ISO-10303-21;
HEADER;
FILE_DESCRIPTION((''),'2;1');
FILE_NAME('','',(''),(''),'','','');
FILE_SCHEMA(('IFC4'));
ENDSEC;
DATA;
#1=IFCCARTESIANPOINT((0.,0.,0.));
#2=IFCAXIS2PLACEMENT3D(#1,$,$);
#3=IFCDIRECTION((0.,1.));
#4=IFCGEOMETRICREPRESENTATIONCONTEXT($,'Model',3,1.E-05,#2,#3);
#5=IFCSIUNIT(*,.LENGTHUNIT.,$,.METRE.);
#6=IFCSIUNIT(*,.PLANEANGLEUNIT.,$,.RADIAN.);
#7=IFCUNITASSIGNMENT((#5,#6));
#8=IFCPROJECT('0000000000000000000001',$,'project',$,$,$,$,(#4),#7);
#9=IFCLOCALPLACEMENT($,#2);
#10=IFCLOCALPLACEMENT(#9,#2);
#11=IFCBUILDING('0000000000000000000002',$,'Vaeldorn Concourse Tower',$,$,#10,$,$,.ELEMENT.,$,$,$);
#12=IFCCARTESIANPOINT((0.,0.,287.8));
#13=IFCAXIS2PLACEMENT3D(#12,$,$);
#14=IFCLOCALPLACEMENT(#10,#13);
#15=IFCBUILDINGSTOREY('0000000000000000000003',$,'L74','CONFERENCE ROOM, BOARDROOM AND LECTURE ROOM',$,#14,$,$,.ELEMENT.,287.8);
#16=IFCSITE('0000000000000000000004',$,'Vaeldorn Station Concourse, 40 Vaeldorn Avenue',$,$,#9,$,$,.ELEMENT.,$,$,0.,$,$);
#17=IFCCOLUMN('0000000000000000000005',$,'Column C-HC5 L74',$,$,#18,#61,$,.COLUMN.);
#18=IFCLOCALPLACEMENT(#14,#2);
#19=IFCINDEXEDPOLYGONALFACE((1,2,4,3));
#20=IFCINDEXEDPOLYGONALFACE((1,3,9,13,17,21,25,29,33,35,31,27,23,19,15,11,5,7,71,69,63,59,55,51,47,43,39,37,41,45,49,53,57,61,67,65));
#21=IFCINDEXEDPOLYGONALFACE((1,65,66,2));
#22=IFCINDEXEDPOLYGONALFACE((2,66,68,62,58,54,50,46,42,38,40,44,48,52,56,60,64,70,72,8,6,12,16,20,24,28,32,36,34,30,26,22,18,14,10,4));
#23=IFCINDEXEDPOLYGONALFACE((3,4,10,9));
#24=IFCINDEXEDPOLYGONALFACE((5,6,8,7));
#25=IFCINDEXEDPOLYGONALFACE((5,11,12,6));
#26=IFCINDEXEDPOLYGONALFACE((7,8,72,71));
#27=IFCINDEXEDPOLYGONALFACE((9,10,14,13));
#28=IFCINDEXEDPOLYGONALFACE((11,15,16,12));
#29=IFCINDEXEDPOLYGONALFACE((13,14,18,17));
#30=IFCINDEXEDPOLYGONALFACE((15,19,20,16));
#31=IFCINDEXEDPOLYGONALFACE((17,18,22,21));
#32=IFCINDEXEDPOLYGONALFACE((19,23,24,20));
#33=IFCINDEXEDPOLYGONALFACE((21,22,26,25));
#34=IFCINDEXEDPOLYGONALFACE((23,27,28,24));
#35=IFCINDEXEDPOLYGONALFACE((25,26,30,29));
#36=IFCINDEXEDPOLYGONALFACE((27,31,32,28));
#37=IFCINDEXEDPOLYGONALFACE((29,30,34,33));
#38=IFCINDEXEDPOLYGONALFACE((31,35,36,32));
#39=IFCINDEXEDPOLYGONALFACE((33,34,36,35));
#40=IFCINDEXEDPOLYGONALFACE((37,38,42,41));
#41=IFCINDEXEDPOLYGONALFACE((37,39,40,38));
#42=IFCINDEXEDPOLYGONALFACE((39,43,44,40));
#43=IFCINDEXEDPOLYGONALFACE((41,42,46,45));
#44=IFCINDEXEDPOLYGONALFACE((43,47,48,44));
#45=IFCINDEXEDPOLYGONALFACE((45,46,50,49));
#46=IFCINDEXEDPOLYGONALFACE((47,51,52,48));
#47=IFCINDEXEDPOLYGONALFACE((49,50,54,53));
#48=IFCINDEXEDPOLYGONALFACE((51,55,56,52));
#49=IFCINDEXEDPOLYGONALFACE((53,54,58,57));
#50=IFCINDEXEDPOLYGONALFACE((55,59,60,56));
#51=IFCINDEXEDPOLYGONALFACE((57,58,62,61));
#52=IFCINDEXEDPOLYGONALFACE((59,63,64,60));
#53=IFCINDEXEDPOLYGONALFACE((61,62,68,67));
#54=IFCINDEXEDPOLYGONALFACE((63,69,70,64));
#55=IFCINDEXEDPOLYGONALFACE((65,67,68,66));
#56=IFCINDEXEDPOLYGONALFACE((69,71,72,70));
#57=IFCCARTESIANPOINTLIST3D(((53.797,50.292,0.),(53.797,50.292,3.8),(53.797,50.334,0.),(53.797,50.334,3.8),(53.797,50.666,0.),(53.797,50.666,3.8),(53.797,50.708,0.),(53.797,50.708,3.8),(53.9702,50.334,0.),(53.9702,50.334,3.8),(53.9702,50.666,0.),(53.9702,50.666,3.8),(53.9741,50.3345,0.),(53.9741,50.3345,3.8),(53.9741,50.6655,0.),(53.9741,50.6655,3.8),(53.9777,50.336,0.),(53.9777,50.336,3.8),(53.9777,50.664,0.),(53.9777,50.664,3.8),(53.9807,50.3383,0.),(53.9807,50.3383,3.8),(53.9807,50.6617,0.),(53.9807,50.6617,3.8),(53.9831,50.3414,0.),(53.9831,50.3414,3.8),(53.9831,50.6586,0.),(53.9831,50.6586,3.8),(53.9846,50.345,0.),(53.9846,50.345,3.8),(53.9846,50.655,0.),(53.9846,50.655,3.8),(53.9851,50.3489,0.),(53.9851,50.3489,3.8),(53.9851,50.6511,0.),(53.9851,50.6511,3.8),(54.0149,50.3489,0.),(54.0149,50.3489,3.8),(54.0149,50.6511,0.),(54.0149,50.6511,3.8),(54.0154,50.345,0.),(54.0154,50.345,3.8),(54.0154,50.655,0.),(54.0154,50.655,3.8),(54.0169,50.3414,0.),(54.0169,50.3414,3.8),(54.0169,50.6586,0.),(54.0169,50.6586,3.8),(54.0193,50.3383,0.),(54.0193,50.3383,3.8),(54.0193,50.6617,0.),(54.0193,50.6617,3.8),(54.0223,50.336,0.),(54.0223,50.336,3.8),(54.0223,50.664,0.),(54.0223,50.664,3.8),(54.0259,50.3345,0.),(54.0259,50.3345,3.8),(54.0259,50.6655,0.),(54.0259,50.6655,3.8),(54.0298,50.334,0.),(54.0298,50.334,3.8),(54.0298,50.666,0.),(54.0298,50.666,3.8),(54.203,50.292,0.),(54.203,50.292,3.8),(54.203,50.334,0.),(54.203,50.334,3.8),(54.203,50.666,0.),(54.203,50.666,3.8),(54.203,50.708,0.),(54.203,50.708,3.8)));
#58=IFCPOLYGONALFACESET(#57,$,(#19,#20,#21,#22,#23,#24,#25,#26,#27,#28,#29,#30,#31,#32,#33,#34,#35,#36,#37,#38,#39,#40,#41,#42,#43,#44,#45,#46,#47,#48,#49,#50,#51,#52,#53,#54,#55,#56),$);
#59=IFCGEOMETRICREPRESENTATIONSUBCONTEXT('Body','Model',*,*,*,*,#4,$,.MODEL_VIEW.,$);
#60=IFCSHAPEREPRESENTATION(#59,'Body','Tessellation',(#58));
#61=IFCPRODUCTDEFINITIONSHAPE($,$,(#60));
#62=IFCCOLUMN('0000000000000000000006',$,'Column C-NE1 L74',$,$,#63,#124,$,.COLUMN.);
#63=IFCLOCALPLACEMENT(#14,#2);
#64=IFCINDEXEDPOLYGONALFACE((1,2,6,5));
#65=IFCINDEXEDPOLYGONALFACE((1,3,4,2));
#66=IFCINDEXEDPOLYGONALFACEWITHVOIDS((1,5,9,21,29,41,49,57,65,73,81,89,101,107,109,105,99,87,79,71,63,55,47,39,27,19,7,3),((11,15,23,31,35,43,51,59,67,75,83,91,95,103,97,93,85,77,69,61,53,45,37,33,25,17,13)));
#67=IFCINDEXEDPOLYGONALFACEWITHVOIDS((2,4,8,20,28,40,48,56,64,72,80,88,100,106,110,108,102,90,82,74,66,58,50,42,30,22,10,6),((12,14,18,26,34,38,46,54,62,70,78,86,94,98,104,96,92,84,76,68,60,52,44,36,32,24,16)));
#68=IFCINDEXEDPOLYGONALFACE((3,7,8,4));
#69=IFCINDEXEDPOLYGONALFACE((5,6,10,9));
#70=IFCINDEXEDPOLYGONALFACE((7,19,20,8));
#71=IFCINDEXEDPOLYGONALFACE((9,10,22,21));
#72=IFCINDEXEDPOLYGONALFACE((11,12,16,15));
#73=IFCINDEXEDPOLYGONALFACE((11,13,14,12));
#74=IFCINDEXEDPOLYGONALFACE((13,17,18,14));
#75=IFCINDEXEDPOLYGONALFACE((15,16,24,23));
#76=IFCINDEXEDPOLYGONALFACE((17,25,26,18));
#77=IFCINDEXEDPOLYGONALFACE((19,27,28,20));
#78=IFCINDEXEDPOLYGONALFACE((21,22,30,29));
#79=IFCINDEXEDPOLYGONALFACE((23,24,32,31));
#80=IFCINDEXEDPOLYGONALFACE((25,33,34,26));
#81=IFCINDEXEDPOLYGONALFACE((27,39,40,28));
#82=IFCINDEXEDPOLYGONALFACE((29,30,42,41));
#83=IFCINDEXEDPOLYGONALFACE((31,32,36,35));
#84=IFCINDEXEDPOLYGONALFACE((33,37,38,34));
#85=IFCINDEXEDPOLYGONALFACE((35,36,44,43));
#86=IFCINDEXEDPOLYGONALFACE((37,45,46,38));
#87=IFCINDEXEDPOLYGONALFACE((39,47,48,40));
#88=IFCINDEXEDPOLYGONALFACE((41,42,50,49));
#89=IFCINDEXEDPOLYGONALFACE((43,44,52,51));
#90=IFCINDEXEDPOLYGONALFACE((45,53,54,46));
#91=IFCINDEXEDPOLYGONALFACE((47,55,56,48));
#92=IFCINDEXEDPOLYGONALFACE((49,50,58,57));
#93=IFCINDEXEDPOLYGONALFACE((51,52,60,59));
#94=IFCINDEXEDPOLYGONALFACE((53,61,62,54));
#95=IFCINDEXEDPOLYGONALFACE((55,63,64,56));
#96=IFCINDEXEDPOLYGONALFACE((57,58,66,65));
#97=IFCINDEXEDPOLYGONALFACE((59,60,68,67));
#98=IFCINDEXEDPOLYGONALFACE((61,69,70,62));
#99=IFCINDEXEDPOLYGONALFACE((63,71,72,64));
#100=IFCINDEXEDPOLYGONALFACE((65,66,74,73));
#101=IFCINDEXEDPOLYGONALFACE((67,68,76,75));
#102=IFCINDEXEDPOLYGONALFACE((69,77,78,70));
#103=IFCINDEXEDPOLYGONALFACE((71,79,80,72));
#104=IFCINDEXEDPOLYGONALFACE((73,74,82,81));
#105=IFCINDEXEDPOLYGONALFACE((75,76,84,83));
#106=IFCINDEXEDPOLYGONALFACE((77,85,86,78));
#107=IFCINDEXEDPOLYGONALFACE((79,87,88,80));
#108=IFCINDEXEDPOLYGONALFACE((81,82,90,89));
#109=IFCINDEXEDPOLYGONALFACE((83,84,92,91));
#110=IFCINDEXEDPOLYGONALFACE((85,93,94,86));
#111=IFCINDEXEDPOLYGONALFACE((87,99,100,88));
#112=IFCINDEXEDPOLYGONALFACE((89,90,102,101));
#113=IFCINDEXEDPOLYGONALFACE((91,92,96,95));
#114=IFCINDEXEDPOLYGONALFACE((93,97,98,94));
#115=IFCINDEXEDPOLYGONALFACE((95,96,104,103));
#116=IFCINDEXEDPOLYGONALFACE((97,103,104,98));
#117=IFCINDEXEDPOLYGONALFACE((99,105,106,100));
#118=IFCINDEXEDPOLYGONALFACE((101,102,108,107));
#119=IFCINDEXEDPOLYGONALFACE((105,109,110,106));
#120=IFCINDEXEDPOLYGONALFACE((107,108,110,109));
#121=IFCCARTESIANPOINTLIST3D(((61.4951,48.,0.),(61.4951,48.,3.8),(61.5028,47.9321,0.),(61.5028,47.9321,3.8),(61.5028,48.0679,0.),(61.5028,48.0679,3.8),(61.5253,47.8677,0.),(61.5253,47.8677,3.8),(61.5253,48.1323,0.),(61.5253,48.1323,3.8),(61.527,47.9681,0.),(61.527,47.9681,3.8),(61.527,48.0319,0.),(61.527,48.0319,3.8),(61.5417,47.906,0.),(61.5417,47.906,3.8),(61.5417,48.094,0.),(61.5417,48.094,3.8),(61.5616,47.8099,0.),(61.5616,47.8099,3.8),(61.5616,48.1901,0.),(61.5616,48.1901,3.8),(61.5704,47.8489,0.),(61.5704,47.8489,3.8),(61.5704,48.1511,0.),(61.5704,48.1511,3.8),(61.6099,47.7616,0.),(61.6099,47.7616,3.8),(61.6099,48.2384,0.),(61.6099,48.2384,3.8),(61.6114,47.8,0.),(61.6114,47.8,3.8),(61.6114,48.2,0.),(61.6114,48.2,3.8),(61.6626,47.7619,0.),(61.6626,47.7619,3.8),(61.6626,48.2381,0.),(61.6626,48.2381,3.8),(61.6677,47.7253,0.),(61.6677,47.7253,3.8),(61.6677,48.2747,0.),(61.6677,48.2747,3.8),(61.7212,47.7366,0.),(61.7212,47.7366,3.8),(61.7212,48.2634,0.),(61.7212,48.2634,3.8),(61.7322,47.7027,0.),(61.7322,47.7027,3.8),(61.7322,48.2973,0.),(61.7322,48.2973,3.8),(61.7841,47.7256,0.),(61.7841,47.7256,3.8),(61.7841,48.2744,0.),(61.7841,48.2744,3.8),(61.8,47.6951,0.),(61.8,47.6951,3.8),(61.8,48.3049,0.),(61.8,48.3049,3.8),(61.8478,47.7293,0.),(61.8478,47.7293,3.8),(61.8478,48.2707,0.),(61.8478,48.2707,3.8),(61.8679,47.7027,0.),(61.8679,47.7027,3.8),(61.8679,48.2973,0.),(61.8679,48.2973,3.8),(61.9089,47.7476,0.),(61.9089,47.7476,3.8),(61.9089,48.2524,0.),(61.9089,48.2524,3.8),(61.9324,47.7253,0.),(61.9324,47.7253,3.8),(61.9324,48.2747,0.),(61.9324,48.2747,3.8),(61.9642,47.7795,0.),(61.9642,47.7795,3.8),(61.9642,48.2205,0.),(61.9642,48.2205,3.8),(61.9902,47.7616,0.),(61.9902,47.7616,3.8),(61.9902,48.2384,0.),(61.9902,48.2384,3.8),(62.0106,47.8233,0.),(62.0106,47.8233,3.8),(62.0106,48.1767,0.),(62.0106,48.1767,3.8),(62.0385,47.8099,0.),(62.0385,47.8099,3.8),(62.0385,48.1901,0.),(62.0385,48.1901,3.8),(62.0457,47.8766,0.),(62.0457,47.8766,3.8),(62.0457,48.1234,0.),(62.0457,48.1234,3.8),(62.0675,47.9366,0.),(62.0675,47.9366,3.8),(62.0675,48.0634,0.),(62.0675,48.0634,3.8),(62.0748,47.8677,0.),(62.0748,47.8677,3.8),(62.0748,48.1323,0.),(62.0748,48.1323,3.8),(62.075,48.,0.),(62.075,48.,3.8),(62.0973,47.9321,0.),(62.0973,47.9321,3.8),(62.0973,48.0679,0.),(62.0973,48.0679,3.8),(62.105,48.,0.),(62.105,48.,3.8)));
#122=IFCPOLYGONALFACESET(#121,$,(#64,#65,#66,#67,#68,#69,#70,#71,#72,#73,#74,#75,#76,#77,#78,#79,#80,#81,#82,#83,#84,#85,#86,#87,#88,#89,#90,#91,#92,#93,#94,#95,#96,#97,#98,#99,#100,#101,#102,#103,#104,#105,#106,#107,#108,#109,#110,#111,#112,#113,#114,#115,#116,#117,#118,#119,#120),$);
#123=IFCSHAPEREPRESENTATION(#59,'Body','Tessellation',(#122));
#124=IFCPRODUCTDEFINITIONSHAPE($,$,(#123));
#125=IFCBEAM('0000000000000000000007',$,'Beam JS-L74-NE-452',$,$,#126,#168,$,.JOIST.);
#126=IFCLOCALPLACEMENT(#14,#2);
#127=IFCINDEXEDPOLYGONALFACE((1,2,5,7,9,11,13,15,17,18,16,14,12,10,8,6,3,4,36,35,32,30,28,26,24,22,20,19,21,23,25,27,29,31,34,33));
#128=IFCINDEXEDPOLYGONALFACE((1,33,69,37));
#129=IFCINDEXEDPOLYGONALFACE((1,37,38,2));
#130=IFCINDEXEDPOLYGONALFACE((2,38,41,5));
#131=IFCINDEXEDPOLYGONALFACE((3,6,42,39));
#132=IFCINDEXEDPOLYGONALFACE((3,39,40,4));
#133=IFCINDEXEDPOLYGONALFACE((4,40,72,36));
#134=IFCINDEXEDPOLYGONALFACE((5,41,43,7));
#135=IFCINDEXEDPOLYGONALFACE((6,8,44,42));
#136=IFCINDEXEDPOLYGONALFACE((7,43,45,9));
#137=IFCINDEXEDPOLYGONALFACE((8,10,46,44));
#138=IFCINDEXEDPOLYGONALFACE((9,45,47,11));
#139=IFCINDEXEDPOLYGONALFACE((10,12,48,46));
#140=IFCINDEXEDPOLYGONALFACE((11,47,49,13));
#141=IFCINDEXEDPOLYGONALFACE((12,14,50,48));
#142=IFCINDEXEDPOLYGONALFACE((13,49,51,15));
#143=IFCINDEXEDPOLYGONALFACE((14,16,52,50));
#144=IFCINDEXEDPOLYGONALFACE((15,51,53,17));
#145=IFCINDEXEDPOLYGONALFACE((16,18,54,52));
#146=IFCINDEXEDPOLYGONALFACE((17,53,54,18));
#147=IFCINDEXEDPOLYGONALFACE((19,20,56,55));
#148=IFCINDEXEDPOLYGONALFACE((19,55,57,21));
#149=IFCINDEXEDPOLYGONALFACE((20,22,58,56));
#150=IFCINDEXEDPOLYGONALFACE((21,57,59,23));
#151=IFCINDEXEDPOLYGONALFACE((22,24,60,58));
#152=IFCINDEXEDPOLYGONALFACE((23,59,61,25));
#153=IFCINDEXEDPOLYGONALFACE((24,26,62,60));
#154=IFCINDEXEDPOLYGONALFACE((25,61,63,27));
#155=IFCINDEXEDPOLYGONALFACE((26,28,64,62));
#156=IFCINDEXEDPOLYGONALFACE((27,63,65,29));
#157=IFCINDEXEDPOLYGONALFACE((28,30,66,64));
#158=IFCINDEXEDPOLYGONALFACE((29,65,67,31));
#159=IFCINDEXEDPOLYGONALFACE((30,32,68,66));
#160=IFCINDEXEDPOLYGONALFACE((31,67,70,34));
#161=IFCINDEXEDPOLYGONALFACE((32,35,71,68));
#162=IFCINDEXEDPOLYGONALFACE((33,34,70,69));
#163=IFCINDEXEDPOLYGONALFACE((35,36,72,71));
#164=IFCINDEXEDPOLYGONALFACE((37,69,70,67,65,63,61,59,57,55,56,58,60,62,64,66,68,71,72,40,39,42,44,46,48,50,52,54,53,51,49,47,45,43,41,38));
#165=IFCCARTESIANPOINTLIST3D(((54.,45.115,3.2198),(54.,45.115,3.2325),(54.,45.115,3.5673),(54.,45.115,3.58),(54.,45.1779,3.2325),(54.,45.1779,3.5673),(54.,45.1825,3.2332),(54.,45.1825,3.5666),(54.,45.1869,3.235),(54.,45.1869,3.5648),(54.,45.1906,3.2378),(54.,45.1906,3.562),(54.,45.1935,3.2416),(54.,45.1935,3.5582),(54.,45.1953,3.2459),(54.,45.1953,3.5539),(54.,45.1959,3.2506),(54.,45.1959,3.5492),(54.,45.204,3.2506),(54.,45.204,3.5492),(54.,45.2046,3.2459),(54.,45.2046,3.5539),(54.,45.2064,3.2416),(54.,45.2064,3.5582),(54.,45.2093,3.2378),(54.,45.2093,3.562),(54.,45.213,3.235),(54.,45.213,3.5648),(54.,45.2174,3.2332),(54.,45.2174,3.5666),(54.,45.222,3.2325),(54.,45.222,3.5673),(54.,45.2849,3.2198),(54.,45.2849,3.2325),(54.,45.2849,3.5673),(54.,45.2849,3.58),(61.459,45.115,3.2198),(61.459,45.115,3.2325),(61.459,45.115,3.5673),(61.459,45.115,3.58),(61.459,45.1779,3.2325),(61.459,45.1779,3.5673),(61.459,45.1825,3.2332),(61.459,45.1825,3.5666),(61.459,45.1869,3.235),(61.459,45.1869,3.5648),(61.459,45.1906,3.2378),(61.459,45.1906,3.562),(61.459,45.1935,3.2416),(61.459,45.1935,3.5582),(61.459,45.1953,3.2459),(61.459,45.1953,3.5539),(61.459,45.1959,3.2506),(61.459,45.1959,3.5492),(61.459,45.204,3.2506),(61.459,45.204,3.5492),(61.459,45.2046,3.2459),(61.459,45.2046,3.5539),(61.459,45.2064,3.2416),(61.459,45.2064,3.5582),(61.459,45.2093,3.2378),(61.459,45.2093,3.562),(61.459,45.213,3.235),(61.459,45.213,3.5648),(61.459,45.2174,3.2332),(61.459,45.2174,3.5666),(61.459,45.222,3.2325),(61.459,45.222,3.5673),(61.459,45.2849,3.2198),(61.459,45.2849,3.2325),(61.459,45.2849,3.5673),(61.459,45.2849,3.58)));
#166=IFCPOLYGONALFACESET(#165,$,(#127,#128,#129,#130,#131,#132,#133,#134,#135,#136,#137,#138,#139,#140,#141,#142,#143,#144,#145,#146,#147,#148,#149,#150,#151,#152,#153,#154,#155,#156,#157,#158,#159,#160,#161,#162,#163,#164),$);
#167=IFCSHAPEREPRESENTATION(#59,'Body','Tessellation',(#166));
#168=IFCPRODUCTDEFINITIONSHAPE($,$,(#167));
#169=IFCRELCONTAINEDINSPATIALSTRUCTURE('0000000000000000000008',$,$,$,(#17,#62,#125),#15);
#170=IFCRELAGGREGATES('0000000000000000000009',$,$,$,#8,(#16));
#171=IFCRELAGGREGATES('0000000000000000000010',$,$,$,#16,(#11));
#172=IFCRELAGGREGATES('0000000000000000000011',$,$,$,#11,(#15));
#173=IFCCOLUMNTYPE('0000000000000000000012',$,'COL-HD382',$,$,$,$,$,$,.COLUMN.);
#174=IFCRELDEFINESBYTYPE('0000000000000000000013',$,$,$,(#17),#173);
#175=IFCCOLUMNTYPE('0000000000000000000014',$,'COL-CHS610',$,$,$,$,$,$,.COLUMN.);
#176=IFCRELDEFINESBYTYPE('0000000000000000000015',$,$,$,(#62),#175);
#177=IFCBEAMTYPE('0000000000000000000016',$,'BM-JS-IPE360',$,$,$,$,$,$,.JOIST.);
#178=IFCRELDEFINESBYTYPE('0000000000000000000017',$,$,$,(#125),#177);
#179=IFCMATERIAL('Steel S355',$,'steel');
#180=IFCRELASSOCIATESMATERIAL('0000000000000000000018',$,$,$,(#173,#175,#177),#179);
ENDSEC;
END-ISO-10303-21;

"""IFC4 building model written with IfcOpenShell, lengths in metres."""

from ifc_helpers import new_model, si_unit, direction, frame, origin, origin_2d, place, context, subcontext, project, spatial, hollow_circle, i_section, extrude, source, transform, mapped, material, material_profile, profile_set, type_object, element, save


model = new_model("IFC4")

# Units and contexts
model_context = context("Model", 3, precision=1e-05, world=origin(), true_north=direction((0.0, 1.0)))
body_context = subcontext(model_context, "Body", "Model", "MODEL_VIEW")
ifc_project = project(units=[si_unit("LENGTHUNIT", "METRE"), si_unit("PLANEANGLEUNIT", "RADIAN")], contexts=[model_context])

# Site, building, storey
site_placement = place(None, origin())
site = spatial("IfcSite", under=ifc_project, at=site_placement, Name="Vaeldorn Station Concourse, 40 Vaeldorn Avenue", CompositionType="ELEMENT", RefElevation=0.0)
building_placement = place(site_placement, origin())
building = spatial("IfcBuilding", under=site, at=building_placement, Name="Vaeldorn Concourse Tower", CompositionType="ELEMENT")
storey_placement = place(building_placement, frame((0.0, 0.0, 287.8)))
storey = spatial("IfcBuildingStorey", under=building, at=storey_placement, Name="L74", Description="CONFERENCE ROOM, BOARDROOM AND LECTURE ROOM", CompositionType="ELEMENT", Elevation=287.8)

# Columns
ifc_material_1 = material(Name="Steel S355", Category="steel")
ifc_material_profile_1 = material_profile(ifc_material_1, i_section(OverallWidth=0.406, OverallDepth=0.416, WebThickness=0.0298, FlangeThickness=0.042, FilletRadius=0.0149, at=origin_2d()), Name="HD 400x382")
ifc_profile_set_1 = profile_set([ifc_material_profile_1], Name="Steel S355")
column_type_1 = type_object("IfcColumnType", Name="COL-HD382", PredefinedType="COLUMN", material=ifc_profile_set_1)
shared_shape_1 = source(origin(), body_context, "Body", "SweptSolid", [
    extrude(i_section(OverallWidth=0.406, OverallDepth=0.416, WebThickness=0.0298, FlangeThickness=0.042, FilletRadius=0.0149, at=origin_2d()), origin(), (0.0, 0.0, 1.0), 3.8),
])
column_1_placement = place(storey_placement, frame((54.0, 50.5, 0.0), z_axis=(0.0, 0.0, 1.0), x_axis=(1.0, 0.0, 0.0)))
element("IfcColumn", 1, at=column_1_placement, inside=storey, type_object=column_type_1, Name="Column C-HC5 L74", PredefinedType="COLUMN", context=body_context, shape_type="MappedRepresentation", body=[
    mapped(shared_shape_1, transform((0.0, 0.0, 0.0), scale=1.0)),
])
ifc_material_profile_2 = material_profile(ifc_material_1, hollow_circle(Radius=0.3049, WallThickness=0.03, at=origin_2d()), Name="CHS 610x30")
ifc_profile_set_2 = profile_set([ifc_material_profile_2], Name="Steel S355")
column_type_2 = type_object("IfcColumnType", Name="COL-CHS610", PredefinedType="COLUMN", material=ifc_profile_set_2)
shared_shape_2 = source(origin(), body_context, "Body", "SweptSolid", [
    extrude(hollow_circle(Radius=0.3049, WallThickness=0.03, at=origin_2d()), origin(), (0.0, 0.0, 1.0), 3.8),
])
column_2_placement = place(storey_placement, frame((61.8, 48.0, 0.0), z_axis=(0.0, 0.0, 1.0), x_axis=(1.0, 0.0, 0.0)))
element("IfcColumn", 2, at=column_2_placement, inside=storey, type_object=column_type_2, Name="Column C-NE1 L74", PredefinedType="COLUMN", context=body_context, shape_type="MappedRepresentation", body=[
    mapped(shared_shape_2, transform((0.0, 0.0, 0.0), scale=1.0)),
])

# Beam
ifc_material_profile_3 = material_profile(ifc_material_1, i_section(OverallWidth=0.1699, OverallDepth=0.3601, WebThickness=0.0081, FlangeThickness=0.0127, FilletRadius=0.0181, at=origin_2d()), Name="IPE 360")
ifc_profile_set_3 = profile_set([ifc_material_profile_3], Name="Steel S355")
beam_type_1 = type_object("IfcBeamType", Name="BM-JS-IPE360", PredefinedType="JOIST", material=ifc_profile_set_3)
shared_shape_3 = source(origin(), body_context, "Body", "SweptSolid", [
    extrude(i_section(OverallWidth=0.1699, OverallDepth=0.3601, WebThickness=0.0081, FlangeThickness=0.0127, FilletRadius=0.0181, at=origin_2d()), origin(), (0.0, 0.0, 1.0), 7.459),
])
beam_1_placement = place(storey_placement, frame((54.0, 45.2, 3.3999), z_axis=(1.0, 0.0, 0.0), x_axis=(0.0, 1.0, 0.0)))
element("IfcBeam", 3, at=beam_1_placement, inside=storey, type_object=beam_type_1, Name="Beam JS-L74-NE-452", PredefinedType="JOIST", context=body_context, shape_type="MappedRepresentation", body=[
    mapped(shared_shape_3, transform((0.0, 0.0, 0.0), scale=1.0)),
])

save(model, "model.ifc")
